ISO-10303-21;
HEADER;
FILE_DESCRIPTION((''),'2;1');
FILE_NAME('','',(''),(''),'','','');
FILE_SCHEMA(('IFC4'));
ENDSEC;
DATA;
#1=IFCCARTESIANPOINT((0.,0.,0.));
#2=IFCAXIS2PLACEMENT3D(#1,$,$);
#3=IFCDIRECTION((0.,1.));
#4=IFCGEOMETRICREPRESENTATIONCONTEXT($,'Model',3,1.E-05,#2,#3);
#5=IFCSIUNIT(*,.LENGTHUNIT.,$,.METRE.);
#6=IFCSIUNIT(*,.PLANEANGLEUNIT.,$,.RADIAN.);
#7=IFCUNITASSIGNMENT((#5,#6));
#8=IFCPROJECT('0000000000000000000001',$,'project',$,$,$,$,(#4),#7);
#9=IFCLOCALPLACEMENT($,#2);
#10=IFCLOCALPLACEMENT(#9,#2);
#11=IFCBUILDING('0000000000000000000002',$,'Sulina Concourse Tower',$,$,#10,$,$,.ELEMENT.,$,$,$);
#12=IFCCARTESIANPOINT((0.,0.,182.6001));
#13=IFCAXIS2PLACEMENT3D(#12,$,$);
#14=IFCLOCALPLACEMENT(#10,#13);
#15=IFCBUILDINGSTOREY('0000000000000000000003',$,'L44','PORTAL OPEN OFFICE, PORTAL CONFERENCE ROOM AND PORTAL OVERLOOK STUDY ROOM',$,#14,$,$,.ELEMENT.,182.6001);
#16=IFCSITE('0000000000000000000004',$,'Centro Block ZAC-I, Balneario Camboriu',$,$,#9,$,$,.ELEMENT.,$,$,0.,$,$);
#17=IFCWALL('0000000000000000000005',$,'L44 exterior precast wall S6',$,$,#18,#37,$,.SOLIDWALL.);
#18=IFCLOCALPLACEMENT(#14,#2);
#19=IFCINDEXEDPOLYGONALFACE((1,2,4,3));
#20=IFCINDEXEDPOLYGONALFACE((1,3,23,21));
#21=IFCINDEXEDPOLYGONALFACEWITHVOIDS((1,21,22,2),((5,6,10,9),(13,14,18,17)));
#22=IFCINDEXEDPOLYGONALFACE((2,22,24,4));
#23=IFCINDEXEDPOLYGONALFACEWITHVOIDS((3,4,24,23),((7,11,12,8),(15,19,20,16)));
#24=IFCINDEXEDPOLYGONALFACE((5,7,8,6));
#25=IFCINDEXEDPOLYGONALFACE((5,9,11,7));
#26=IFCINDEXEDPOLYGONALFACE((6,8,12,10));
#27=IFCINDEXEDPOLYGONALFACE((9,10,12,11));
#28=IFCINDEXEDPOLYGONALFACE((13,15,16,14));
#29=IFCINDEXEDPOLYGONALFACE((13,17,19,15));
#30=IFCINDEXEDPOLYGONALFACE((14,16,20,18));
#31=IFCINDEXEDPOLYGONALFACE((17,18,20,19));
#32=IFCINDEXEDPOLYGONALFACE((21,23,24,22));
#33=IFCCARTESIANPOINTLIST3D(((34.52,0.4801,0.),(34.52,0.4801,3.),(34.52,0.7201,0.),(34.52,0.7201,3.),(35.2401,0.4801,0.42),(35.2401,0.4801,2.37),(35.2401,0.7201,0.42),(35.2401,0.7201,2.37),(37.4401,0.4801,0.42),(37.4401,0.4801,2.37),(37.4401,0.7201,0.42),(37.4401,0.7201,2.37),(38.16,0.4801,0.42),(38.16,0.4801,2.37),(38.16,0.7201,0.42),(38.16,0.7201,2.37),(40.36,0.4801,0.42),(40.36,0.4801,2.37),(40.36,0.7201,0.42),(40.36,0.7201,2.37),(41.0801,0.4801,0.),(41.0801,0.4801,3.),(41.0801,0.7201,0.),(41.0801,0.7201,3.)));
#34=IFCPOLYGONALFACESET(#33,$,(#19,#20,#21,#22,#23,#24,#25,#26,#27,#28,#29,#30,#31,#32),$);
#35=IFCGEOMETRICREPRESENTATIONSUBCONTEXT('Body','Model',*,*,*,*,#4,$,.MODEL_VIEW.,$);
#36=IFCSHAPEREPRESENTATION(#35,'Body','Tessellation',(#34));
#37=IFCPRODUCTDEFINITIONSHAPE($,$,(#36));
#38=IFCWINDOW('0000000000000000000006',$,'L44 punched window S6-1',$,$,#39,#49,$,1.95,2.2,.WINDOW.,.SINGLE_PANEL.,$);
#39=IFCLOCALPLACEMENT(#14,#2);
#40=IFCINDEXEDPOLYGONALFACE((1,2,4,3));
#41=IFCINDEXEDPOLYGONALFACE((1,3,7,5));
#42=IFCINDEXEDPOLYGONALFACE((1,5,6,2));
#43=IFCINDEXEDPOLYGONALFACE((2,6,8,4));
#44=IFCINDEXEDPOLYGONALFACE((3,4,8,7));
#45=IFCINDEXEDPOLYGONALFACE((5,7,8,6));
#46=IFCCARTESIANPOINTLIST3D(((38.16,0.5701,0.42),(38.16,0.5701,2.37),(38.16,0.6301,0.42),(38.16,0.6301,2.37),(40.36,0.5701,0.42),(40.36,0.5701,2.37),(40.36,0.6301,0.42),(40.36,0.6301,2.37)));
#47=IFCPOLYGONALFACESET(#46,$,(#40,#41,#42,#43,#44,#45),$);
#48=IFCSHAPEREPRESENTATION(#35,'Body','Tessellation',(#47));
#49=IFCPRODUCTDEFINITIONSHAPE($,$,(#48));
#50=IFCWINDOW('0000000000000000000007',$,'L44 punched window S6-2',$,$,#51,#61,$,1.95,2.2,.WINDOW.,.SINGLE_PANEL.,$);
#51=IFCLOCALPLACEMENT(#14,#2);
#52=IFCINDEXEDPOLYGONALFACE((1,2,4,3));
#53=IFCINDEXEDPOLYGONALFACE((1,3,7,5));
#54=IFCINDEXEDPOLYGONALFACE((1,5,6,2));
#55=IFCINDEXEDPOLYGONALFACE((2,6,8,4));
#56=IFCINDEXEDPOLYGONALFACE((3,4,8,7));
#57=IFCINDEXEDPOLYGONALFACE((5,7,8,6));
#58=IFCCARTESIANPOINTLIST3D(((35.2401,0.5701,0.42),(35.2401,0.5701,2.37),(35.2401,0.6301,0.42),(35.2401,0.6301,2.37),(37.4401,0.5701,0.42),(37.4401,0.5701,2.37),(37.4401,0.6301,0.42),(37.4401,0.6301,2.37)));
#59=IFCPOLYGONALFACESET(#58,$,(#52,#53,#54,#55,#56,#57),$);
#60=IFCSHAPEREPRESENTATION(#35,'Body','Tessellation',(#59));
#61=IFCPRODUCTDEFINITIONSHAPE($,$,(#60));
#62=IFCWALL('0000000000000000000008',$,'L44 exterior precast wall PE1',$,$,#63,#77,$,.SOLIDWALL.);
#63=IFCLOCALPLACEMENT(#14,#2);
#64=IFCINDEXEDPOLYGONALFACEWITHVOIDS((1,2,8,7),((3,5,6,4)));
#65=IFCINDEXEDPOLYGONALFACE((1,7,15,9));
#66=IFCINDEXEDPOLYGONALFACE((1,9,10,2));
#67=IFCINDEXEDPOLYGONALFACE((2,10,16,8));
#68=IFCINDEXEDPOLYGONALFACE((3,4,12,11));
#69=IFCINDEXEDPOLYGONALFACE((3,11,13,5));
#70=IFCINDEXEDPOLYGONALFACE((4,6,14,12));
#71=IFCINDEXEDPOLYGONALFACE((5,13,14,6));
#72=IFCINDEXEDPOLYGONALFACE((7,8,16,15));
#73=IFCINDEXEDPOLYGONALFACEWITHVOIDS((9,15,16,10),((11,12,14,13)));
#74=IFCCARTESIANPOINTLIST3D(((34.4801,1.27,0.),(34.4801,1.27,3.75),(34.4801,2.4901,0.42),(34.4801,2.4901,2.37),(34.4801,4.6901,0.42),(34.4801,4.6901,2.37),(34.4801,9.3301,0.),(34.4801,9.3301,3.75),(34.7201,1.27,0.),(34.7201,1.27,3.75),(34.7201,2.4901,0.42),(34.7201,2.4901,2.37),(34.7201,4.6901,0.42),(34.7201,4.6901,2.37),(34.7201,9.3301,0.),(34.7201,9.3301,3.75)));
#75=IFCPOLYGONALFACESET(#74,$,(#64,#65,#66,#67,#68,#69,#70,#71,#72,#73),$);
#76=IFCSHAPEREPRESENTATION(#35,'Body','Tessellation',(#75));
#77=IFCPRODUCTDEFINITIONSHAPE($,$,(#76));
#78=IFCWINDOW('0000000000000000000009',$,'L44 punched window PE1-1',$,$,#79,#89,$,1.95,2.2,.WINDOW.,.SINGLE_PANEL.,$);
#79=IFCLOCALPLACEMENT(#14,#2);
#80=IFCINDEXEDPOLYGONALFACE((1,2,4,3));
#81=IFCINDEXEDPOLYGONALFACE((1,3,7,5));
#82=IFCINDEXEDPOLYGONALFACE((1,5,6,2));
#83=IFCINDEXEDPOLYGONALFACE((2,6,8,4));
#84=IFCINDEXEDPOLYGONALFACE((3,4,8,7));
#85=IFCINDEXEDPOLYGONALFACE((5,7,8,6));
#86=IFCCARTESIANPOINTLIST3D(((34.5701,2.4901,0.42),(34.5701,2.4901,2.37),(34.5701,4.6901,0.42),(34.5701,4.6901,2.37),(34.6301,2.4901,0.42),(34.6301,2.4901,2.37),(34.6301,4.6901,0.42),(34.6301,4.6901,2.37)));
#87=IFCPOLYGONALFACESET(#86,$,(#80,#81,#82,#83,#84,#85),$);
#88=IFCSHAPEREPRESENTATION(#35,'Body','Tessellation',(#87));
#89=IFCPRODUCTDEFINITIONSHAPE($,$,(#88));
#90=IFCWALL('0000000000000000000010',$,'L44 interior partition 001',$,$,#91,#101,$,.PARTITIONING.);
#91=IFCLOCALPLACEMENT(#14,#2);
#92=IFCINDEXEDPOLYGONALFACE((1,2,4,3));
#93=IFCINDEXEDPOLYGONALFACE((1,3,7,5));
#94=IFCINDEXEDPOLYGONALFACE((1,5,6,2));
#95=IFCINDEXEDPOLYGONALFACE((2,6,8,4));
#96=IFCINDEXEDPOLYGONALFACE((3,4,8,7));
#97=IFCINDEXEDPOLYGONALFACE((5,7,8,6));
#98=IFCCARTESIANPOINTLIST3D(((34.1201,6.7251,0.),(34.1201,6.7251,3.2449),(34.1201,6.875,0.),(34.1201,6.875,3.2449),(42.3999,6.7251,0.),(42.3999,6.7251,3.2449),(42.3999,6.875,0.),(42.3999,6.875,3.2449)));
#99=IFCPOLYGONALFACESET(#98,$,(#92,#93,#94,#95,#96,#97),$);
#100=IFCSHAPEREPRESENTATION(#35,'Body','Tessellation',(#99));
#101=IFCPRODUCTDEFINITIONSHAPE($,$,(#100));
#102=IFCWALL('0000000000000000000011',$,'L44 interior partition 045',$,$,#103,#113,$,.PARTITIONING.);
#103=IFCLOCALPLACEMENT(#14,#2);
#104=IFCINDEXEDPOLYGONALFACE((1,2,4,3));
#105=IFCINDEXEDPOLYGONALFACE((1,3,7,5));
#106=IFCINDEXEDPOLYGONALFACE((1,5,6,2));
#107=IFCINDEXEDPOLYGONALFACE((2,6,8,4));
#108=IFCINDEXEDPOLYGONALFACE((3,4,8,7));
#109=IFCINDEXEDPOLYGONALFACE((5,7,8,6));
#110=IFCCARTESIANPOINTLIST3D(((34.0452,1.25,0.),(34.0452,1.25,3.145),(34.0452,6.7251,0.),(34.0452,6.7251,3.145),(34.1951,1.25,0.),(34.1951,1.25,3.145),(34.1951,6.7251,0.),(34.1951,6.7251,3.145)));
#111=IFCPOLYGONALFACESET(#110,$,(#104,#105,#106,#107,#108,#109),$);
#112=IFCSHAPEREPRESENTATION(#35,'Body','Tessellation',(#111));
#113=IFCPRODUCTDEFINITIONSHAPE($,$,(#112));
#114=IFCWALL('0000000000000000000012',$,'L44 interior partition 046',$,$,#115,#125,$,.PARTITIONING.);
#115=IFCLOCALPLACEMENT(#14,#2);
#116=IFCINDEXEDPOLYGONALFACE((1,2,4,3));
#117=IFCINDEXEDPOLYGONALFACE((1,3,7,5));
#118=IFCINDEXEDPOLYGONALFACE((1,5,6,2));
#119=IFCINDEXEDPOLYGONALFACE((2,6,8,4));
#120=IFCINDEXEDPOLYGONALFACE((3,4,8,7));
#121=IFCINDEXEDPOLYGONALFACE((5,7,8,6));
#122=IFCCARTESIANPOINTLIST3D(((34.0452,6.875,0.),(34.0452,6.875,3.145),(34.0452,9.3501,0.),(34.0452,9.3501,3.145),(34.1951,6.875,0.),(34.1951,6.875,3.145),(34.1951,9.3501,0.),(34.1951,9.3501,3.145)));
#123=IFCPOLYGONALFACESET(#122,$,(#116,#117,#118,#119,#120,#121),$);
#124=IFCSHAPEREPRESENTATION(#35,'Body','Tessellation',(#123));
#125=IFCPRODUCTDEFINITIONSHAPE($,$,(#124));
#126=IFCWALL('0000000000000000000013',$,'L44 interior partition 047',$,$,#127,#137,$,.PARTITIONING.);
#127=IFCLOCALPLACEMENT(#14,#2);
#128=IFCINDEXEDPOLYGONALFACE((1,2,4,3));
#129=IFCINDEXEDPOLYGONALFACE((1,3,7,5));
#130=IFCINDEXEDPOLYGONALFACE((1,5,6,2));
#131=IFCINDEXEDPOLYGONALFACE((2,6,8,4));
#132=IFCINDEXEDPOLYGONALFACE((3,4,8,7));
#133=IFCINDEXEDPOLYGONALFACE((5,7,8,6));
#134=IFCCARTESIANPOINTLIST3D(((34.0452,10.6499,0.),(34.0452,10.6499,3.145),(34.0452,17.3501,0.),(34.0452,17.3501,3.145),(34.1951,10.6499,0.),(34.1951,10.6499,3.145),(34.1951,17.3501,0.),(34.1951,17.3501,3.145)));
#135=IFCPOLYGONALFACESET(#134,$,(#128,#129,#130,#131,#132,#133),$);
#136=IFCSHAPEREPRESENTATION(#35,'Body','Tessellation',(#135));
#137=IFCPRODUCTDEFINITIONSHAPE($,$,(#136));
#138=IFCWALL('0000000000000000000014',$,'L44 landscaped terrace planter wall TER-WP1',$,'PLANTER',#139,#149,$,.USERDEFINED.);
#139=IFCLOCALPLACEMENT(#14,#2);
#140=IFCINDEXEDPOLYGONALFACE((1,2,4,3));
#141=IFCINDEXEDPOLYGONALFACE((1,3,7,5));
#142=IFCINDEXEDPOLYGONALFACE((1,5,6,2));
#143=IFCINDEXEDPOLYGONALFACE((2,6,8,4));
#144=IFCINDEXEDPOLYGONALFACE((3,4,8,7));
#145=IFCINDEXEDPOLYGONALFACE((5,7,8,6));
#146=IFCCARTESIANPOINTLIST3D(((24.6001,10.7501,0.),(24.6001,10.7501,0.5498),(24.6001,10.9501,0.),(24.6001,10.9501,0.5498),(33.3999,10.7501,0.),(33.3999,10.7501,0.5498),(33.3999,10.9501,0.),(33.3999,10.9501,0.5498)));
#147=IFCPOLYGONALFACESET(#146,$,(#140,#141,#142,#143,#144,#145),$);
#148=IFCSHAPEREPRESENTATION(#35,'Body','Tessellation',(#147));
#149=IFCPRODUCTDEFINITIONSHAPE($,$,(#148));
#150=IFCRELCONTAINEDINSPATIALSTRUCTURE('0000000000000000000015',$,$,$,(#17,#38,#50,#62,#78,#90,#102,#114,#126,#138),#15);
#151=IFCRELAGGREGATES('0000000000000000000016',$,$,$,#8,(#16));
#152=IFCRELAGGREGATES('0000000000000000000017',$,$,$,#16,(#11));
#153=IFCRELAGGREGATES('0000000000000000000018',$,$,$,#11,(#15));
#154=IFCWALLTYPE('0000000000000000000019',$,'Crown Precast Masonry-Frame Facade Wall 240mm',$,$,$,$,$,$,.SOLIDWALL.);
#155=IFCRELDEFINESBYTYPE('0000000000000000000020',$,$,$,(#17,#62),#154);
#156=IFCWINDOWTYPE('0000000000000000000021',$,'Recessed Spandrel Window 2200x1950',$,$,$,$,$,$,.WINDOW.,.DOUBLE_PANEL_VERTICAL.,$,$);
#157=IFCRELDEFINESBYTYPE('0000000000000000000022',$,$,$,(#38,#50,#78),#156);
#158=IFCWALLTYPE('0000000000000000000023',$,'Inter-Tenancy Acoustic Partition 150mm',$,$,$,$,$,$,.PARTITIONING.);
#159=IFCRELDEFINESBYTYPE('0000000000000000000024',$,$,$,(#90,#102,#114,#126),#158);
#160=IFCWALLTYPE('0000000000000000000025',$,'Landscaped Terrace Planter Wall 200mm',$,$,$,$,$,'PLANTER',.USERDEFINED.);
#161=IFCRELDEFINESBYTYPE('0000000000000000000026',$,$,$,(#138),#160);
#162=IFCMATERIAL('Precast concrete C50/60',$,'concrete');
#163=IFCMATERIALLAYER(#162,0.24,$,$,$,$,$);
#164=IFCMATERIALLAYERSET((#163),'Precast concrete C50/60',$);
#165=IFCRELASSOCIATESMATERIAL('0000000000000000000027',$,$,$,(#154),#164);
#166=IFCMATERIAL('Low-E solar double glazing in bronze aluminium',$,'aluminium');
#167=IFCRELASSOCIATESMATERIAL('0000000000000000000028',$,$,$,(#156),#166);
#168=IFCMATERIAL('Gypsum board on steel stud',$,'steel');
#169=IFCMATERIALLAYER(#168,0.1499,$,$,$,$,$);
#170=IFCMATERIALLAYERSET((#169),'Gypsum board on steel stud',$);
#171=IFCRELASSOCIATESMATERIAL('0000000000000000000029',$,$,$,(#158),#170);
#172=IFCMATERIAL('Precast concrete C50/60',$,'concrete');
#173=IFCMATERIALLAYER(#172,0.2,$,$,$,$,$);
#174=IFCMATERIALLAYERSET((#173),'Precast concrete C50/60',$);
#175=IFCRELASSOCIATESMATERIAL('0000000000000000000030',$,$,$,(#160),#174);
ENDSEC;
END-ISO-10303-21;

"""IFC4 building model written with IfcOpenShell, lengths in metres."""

from ifc_helpers import new_model, si_unit, direction, frame, frame_2d, origin, place, context, subcontext, project, spatial, rectangle, extrude, material, layer, layer_set, type_object, element, fill, save


model = new_model("IFC4")

# Units and contexts
model_context = context("Model", 3, precision=1e-05, world=origin(), true_north=direction((0.0, 1.0)))
body_context = subcontext(model_context, "Body", "Model", "MODEL_VIEW")
ifc_project = project(units=[si_unit("LENGTHUNIT", "METRE"), si_unit("PLANEANGLEUNIT", "RADIAN")], contexts=[model_context])

# Site, building, storey
site_placement = place(None, origin())
site = spatial("IfcSite", under=ifc_project, at=site_placement, Name="Centro Block ZAC-I, Balneario Camboriu", CompositionType="ELEMENT", RefElevation=0.0)
building_placement = place(site_placement, origin())
building = spatial("IfcBuilding", under=site, at=building_placement, Name="Sulina Concourse Tower", CompositionType="ELEMENT")
storey_placement = place(building_placement, frame((0.0, 0.0, 182.6001)))
storey = spatial("IfcBuildingStorey", under=building, at=storey_placement, Name="L44", Description="PORTAL OPEN OFFICE, PORTAL CONFERENCE ROOM AND PORTAL OVERLOOK STUDY ROOM", CompositionType="ELEMENT", Elevation=182.6001)

# Wall, openings, windows
ifc_material_1 = material(Name="Precast concrete C50/60", Category="concrete")
ifc_layer_1 = layer(ifc_material_1, 0.24)
ifc_layer_set_1 = layer_set([ifc_layer_1], Name="Precast concrete C50/60")
wall_type_1 = type_object("IfcWallType", Name="Crown Precast Masonry-Frame Facade Wall 240mm", PredefinedType="SOLIDWALL", material=ifc_layer_set_1)
wall_1_placement = place(storey_placement, frame((41.0801, 0.6001, 0.0), z_axis=(0.0, 0.0, 1.0), x_axis=(-1.0, 0.0, 0.0)))
wall_1 = element("IfcWall", 1, at=wall_1_placement, inside=storey, type_object=wall_type_1, Name="L44 exterior precast wall S6", PredefinedType="SOLIDWALL", context=body_context, shape_type="SweptSolid", body=[
    extrude(rectangle(XDim=6.5601, YDim=0.24, at=frame_2d((3.28, 0.0))), origin(), (0.0, 0.0, 1.0), 3.0),
])
opening_1_placement = place(wall_1_placement, frame((0.72, 0.0, 0.4199)))
opening_1 = element("IfcOpeningElement", 2, at=opening_1_placement, cuts=wall_1, PredefinedType="OPENING", context=body_context, shape_type="SweptSolid", body=[
    extrude(rectangle(XDim=2.2, YDim=1.95, at=frame_2d((1.1001, 0.9751))), frame((0.0, 0.1299, 0.0), z_axis=(0.0, -1.0, 0.0), x_axis=(1.0, 0.0, 0.0)), (0.0, 0.0, 1.0), 0.26),
])
opening_2_placement = place(wall_1_placement, frame((3.6399, 0.0, 0.4199)))
opening_2 = element("IfcOpeningElement", 3, at=opening_2_placement, cuts=wall_1, PredefinedType="OPENING", context=body_context, shape_type="SweptSolid", body=[
    extrude(rectangle(XDim=2.2, YDim=1.95, at=frame_2d((1.1001, 0.9751))), frame((0.0, 0.1299, 0.0), z_axis=(0.0, -1.0, 0.0), x_axis=(1.0, 0.0, 0.0)), (0.0, 0.0, 1.0), 0.26),
])
ifc_material_2 = material(Name="Low-E solar double glazing in bronze aluminium", Category="aluminium")
window_type = type_object("IfcWindowType", Name="Recessed Spandrel Window 2200x1950", PartitioningType="DOUBLE_PANEL_VERTICAL", PredefinedType="WINDOW", material=ifc_material_2)
window_1_placement = place(opening_1_placement, origin())
window_1 = element("IfcWindow", 4, at=window_1_placement, inside=storey, type_object=window_type, Name="L44 punched window S6-1", OverallHeight=1.95, OverallWidth=2.2, PartitioningType="SINGLE_PANEL", PredefinedType="WINDOW", context=body_context, shape_type="SweptSolid", body=[
    extrude(rectangle(XDim=2.2, YDim=1.95, at=frame_2d((1.1001, 0.9751))), frame((0.0, 0.03, 0.0), z_axis=(0.0, -1.0, 0.0), x_axis=(1.0, 0.0, 0.0)), (0.0, 0.0, 1.0), 0.0601),
])
fill(opening_1, window_1)
window_2_placement = place(opening_2_placement, origin())
window_2 = element("IfcWindow", 5, at=window_2_placement, inside=storey, type_object=window_type, Name="L44 punched window S6-2", OverallHeight=1.95, OverallWidth=2.2, PartitioningType="SINGLE_PANEL", PredefinedType="WINDOW", context=body_context, shape_type="SweptSolid", body=[
    extrude(rectangle(XDim=2.2, YDim=1.95, at=frame_2d((1.1001, 0.9751))), frame((0.0, 0.03, 0.0), z_axis=(0.0, -1.0, 0.0), x_axis=(1.0, 0.0, 0.0)), (0.0, 0.0, 1.0), 0.0601),
])
fill(opening_2, window_2)

# Wall, opening, window
wall_2_placement = place(storey_placement, frame((34.6001, 1.27, 0.0), z_axis=(0.0, 0.0, 1.0), x_axis=(0.0, 1.0, 0.0)))
wall_2 = element("IfcWall", 6, at=wall_2_placement, inside=storey, type_object=wall_type_1, Name="L44 exterior precast wall PE1", PredefinedType="SOLIDWALL", context=body_context, shape_type="SweptSolid", body=[
    extrude(rectangle(XDim=8.0601, YDim=0.24, at=frame_2d((4.03, 0.0))), origin(), (0.0, 0.0, 1.0), 3.75),
])
opening_3_placement = place(wall_2_placement, frame((1.22, 0.0, 0.4199)))
opening_3 = element("IfcOpeningElement", 7, at=opening_3_placement, cuts=wall_2, PredefinedType="OPENING", context=body_context, shape_type="SweptSolid", body=[
    extrude(rectangle(XDim=2.2, YDim=1.95, at=frame_2d((1.1001, 0.9751))), frame((0.0, 0.1299, 0.0), z_axis=(0.0, -1.0, 0.0), x_axis=(1.0, 0.0, 0.0)), (0.0, 0.0, 1.0), 0.26),
])
window_3_placement = place(opening_3_placement, origin())
window_3 = element("IfcWindow", 8, at=window_3_placement, inside=storey, type_object=window_type, Name="L44 punched window PE1-1", OverallHeight=1.95, OverallWidth=2.2, PartitioningType="SINGLE_PANEL", PredefinedType="WINDOW", context=body_context, shape_type="SweptSolid", body=[
    extrude(rectangle(XDim=2.2, YDim=1.95, at=frame_2d((1.1001, 0.9751))), frame((0.0, 0.03, 0.0), z_axis=(0.0, -1.0, 0.0), x_axis=(1.0, 0.0, 0.0)), (0.0, 0.0, 1.0), 0.0601),
])
fill(opening_3, window_3)

# Walls
ifc_material_3 = material(Name="Gypsum board on steel stud", Category="steel")
ifc_layer_2 = layer(ifc_material_3, 0.1499)
ifc_layer_set_2 = layer_set([ifc_layer_2], Name="Gypsum board on steel stud")
wall_type_2 = type_object("IfcWallType", Name="Inter-Tenancy Acoustic Partition 150mm", PredefinedType="PARTITIONING", material=ifc_layer_set_2)
wall_3_placement = place(storey_placement, frame((34.1201, 6.8, 0.0), z_axis=(0.0, 0.0, 1.0), x_axis=(1.0, 0.0, 0.0)))
element("IfcWall", 9, at=wall_3_placement, inside=storey, type_object=wall_type_2, Name="L44 interior partition 001", PredefinedType="PARTITIONING", context=body_context, shape_type="SweptSolid", body=[
    extrude(rectangle(XDim=8.2798, YDim=0.1499, at=frame_2d((4.1399, 0.0))), origin(), (0.0, 0.0, 1.0), 3.2449),
])
wall_4_placement = place(storey_placement, frame((34.1201, 1.25, 0.0), z_axis=(0.0, 0.0, 1.0), x_axis=(0.0, 1.0, 0.0)))
element("IfcWall", 10, at=wall_4_placement, inside=storey, type_object=wall_type_2, Name="L44 interior partition 045", PredefinedType="PARTITIONING", context=body_context, shape_type="SweptSolid", body=[
    extrude(rectangle(XDim=5.4751, YDim=0.1499, at=frame_2d((2.7375, 0.0))), origin(), (0.0, 0.0, 1.0), 3.145),
])
wall_5_placement = place(storey_placement, frame((34.1201, 6.875, 0.0), z_axis=(0.0, 0.0, 1.0), x_axis=(0.0, 1.0, 0.0)))
element("IfcWall", 11, at=wall_5_placement, inside=storey, type_object=wall_type_2, Name="L44 interior partition 046", PredefinedType="PARTITIONING", context=body_context, shape_type="SweptSolid", body=[
    extrude(rectangle(XDim=2.4751, YDim=0.1499, at=frame_2d((1.2375, 0.0))), origin(), (0.0, 0.0, 1.0), 3.145),
])
wall_6_placement = place(storey_placement, frame((34.1201, 10.6499, 0.0), z_axis=(0.0, 0.0, 1.0), x_axis=(0.0, 1.0, 0.0)))
element("IfcWall", 12, at=wall_6_placement, inside=storey, type_object=wall_type_2, Name="L44 interior partition 047", PredefinedType="PARTITIONING", context=body_context, shape_type="SweptSolid", body=[
    extrude(rectangle(XDim=6.7002, YDim=0.1499, at=frame_2d((3.3501, 0.0))), origin(), (0.0, 0.0, 1.0), 3.145),
])
ifc_material_4 = material(Name="Precast concrete C50/60", Category="concrete")
ifc_layer_3 = layer(ifc_material_4, 0.2)
ifc_layer_set_3 = layer_set([ifc_layer_3], Name="Precast concrete C50/60")
wall_type_3 = type_object("IfcWallType", Name="Landscaped Terrace Planter Wall 200mm", ElementType="PLANTER", PredefinedType="USERDEFINED", material=ifc_layer_set_3)
wall_7_placement = place(storey_placement, frame((24.6001, 10.8501, 0.0), z_axis=(0.0, 0.0, 1.0), x_axis=(1.0, 0.0, 0.0)))
element("IfcWall", 13, at=wall_7_placement, inside=storey, type_object=wall_type_3, Name="L44 landscaped terrace planter wall TER-WP1", ObjectType="PLANTER", PredefinedType="USERDEFINED", context=body_context, shape_type="SweptSolid", body=[
    extrude(rectangle(XDim=8.7998, YDim=0.2, at=frame_2d((4.3999, 0.0))), origin(), (0.0, 0.0, 1.0), 0.5498),
])

save(model, "model.ifc")
